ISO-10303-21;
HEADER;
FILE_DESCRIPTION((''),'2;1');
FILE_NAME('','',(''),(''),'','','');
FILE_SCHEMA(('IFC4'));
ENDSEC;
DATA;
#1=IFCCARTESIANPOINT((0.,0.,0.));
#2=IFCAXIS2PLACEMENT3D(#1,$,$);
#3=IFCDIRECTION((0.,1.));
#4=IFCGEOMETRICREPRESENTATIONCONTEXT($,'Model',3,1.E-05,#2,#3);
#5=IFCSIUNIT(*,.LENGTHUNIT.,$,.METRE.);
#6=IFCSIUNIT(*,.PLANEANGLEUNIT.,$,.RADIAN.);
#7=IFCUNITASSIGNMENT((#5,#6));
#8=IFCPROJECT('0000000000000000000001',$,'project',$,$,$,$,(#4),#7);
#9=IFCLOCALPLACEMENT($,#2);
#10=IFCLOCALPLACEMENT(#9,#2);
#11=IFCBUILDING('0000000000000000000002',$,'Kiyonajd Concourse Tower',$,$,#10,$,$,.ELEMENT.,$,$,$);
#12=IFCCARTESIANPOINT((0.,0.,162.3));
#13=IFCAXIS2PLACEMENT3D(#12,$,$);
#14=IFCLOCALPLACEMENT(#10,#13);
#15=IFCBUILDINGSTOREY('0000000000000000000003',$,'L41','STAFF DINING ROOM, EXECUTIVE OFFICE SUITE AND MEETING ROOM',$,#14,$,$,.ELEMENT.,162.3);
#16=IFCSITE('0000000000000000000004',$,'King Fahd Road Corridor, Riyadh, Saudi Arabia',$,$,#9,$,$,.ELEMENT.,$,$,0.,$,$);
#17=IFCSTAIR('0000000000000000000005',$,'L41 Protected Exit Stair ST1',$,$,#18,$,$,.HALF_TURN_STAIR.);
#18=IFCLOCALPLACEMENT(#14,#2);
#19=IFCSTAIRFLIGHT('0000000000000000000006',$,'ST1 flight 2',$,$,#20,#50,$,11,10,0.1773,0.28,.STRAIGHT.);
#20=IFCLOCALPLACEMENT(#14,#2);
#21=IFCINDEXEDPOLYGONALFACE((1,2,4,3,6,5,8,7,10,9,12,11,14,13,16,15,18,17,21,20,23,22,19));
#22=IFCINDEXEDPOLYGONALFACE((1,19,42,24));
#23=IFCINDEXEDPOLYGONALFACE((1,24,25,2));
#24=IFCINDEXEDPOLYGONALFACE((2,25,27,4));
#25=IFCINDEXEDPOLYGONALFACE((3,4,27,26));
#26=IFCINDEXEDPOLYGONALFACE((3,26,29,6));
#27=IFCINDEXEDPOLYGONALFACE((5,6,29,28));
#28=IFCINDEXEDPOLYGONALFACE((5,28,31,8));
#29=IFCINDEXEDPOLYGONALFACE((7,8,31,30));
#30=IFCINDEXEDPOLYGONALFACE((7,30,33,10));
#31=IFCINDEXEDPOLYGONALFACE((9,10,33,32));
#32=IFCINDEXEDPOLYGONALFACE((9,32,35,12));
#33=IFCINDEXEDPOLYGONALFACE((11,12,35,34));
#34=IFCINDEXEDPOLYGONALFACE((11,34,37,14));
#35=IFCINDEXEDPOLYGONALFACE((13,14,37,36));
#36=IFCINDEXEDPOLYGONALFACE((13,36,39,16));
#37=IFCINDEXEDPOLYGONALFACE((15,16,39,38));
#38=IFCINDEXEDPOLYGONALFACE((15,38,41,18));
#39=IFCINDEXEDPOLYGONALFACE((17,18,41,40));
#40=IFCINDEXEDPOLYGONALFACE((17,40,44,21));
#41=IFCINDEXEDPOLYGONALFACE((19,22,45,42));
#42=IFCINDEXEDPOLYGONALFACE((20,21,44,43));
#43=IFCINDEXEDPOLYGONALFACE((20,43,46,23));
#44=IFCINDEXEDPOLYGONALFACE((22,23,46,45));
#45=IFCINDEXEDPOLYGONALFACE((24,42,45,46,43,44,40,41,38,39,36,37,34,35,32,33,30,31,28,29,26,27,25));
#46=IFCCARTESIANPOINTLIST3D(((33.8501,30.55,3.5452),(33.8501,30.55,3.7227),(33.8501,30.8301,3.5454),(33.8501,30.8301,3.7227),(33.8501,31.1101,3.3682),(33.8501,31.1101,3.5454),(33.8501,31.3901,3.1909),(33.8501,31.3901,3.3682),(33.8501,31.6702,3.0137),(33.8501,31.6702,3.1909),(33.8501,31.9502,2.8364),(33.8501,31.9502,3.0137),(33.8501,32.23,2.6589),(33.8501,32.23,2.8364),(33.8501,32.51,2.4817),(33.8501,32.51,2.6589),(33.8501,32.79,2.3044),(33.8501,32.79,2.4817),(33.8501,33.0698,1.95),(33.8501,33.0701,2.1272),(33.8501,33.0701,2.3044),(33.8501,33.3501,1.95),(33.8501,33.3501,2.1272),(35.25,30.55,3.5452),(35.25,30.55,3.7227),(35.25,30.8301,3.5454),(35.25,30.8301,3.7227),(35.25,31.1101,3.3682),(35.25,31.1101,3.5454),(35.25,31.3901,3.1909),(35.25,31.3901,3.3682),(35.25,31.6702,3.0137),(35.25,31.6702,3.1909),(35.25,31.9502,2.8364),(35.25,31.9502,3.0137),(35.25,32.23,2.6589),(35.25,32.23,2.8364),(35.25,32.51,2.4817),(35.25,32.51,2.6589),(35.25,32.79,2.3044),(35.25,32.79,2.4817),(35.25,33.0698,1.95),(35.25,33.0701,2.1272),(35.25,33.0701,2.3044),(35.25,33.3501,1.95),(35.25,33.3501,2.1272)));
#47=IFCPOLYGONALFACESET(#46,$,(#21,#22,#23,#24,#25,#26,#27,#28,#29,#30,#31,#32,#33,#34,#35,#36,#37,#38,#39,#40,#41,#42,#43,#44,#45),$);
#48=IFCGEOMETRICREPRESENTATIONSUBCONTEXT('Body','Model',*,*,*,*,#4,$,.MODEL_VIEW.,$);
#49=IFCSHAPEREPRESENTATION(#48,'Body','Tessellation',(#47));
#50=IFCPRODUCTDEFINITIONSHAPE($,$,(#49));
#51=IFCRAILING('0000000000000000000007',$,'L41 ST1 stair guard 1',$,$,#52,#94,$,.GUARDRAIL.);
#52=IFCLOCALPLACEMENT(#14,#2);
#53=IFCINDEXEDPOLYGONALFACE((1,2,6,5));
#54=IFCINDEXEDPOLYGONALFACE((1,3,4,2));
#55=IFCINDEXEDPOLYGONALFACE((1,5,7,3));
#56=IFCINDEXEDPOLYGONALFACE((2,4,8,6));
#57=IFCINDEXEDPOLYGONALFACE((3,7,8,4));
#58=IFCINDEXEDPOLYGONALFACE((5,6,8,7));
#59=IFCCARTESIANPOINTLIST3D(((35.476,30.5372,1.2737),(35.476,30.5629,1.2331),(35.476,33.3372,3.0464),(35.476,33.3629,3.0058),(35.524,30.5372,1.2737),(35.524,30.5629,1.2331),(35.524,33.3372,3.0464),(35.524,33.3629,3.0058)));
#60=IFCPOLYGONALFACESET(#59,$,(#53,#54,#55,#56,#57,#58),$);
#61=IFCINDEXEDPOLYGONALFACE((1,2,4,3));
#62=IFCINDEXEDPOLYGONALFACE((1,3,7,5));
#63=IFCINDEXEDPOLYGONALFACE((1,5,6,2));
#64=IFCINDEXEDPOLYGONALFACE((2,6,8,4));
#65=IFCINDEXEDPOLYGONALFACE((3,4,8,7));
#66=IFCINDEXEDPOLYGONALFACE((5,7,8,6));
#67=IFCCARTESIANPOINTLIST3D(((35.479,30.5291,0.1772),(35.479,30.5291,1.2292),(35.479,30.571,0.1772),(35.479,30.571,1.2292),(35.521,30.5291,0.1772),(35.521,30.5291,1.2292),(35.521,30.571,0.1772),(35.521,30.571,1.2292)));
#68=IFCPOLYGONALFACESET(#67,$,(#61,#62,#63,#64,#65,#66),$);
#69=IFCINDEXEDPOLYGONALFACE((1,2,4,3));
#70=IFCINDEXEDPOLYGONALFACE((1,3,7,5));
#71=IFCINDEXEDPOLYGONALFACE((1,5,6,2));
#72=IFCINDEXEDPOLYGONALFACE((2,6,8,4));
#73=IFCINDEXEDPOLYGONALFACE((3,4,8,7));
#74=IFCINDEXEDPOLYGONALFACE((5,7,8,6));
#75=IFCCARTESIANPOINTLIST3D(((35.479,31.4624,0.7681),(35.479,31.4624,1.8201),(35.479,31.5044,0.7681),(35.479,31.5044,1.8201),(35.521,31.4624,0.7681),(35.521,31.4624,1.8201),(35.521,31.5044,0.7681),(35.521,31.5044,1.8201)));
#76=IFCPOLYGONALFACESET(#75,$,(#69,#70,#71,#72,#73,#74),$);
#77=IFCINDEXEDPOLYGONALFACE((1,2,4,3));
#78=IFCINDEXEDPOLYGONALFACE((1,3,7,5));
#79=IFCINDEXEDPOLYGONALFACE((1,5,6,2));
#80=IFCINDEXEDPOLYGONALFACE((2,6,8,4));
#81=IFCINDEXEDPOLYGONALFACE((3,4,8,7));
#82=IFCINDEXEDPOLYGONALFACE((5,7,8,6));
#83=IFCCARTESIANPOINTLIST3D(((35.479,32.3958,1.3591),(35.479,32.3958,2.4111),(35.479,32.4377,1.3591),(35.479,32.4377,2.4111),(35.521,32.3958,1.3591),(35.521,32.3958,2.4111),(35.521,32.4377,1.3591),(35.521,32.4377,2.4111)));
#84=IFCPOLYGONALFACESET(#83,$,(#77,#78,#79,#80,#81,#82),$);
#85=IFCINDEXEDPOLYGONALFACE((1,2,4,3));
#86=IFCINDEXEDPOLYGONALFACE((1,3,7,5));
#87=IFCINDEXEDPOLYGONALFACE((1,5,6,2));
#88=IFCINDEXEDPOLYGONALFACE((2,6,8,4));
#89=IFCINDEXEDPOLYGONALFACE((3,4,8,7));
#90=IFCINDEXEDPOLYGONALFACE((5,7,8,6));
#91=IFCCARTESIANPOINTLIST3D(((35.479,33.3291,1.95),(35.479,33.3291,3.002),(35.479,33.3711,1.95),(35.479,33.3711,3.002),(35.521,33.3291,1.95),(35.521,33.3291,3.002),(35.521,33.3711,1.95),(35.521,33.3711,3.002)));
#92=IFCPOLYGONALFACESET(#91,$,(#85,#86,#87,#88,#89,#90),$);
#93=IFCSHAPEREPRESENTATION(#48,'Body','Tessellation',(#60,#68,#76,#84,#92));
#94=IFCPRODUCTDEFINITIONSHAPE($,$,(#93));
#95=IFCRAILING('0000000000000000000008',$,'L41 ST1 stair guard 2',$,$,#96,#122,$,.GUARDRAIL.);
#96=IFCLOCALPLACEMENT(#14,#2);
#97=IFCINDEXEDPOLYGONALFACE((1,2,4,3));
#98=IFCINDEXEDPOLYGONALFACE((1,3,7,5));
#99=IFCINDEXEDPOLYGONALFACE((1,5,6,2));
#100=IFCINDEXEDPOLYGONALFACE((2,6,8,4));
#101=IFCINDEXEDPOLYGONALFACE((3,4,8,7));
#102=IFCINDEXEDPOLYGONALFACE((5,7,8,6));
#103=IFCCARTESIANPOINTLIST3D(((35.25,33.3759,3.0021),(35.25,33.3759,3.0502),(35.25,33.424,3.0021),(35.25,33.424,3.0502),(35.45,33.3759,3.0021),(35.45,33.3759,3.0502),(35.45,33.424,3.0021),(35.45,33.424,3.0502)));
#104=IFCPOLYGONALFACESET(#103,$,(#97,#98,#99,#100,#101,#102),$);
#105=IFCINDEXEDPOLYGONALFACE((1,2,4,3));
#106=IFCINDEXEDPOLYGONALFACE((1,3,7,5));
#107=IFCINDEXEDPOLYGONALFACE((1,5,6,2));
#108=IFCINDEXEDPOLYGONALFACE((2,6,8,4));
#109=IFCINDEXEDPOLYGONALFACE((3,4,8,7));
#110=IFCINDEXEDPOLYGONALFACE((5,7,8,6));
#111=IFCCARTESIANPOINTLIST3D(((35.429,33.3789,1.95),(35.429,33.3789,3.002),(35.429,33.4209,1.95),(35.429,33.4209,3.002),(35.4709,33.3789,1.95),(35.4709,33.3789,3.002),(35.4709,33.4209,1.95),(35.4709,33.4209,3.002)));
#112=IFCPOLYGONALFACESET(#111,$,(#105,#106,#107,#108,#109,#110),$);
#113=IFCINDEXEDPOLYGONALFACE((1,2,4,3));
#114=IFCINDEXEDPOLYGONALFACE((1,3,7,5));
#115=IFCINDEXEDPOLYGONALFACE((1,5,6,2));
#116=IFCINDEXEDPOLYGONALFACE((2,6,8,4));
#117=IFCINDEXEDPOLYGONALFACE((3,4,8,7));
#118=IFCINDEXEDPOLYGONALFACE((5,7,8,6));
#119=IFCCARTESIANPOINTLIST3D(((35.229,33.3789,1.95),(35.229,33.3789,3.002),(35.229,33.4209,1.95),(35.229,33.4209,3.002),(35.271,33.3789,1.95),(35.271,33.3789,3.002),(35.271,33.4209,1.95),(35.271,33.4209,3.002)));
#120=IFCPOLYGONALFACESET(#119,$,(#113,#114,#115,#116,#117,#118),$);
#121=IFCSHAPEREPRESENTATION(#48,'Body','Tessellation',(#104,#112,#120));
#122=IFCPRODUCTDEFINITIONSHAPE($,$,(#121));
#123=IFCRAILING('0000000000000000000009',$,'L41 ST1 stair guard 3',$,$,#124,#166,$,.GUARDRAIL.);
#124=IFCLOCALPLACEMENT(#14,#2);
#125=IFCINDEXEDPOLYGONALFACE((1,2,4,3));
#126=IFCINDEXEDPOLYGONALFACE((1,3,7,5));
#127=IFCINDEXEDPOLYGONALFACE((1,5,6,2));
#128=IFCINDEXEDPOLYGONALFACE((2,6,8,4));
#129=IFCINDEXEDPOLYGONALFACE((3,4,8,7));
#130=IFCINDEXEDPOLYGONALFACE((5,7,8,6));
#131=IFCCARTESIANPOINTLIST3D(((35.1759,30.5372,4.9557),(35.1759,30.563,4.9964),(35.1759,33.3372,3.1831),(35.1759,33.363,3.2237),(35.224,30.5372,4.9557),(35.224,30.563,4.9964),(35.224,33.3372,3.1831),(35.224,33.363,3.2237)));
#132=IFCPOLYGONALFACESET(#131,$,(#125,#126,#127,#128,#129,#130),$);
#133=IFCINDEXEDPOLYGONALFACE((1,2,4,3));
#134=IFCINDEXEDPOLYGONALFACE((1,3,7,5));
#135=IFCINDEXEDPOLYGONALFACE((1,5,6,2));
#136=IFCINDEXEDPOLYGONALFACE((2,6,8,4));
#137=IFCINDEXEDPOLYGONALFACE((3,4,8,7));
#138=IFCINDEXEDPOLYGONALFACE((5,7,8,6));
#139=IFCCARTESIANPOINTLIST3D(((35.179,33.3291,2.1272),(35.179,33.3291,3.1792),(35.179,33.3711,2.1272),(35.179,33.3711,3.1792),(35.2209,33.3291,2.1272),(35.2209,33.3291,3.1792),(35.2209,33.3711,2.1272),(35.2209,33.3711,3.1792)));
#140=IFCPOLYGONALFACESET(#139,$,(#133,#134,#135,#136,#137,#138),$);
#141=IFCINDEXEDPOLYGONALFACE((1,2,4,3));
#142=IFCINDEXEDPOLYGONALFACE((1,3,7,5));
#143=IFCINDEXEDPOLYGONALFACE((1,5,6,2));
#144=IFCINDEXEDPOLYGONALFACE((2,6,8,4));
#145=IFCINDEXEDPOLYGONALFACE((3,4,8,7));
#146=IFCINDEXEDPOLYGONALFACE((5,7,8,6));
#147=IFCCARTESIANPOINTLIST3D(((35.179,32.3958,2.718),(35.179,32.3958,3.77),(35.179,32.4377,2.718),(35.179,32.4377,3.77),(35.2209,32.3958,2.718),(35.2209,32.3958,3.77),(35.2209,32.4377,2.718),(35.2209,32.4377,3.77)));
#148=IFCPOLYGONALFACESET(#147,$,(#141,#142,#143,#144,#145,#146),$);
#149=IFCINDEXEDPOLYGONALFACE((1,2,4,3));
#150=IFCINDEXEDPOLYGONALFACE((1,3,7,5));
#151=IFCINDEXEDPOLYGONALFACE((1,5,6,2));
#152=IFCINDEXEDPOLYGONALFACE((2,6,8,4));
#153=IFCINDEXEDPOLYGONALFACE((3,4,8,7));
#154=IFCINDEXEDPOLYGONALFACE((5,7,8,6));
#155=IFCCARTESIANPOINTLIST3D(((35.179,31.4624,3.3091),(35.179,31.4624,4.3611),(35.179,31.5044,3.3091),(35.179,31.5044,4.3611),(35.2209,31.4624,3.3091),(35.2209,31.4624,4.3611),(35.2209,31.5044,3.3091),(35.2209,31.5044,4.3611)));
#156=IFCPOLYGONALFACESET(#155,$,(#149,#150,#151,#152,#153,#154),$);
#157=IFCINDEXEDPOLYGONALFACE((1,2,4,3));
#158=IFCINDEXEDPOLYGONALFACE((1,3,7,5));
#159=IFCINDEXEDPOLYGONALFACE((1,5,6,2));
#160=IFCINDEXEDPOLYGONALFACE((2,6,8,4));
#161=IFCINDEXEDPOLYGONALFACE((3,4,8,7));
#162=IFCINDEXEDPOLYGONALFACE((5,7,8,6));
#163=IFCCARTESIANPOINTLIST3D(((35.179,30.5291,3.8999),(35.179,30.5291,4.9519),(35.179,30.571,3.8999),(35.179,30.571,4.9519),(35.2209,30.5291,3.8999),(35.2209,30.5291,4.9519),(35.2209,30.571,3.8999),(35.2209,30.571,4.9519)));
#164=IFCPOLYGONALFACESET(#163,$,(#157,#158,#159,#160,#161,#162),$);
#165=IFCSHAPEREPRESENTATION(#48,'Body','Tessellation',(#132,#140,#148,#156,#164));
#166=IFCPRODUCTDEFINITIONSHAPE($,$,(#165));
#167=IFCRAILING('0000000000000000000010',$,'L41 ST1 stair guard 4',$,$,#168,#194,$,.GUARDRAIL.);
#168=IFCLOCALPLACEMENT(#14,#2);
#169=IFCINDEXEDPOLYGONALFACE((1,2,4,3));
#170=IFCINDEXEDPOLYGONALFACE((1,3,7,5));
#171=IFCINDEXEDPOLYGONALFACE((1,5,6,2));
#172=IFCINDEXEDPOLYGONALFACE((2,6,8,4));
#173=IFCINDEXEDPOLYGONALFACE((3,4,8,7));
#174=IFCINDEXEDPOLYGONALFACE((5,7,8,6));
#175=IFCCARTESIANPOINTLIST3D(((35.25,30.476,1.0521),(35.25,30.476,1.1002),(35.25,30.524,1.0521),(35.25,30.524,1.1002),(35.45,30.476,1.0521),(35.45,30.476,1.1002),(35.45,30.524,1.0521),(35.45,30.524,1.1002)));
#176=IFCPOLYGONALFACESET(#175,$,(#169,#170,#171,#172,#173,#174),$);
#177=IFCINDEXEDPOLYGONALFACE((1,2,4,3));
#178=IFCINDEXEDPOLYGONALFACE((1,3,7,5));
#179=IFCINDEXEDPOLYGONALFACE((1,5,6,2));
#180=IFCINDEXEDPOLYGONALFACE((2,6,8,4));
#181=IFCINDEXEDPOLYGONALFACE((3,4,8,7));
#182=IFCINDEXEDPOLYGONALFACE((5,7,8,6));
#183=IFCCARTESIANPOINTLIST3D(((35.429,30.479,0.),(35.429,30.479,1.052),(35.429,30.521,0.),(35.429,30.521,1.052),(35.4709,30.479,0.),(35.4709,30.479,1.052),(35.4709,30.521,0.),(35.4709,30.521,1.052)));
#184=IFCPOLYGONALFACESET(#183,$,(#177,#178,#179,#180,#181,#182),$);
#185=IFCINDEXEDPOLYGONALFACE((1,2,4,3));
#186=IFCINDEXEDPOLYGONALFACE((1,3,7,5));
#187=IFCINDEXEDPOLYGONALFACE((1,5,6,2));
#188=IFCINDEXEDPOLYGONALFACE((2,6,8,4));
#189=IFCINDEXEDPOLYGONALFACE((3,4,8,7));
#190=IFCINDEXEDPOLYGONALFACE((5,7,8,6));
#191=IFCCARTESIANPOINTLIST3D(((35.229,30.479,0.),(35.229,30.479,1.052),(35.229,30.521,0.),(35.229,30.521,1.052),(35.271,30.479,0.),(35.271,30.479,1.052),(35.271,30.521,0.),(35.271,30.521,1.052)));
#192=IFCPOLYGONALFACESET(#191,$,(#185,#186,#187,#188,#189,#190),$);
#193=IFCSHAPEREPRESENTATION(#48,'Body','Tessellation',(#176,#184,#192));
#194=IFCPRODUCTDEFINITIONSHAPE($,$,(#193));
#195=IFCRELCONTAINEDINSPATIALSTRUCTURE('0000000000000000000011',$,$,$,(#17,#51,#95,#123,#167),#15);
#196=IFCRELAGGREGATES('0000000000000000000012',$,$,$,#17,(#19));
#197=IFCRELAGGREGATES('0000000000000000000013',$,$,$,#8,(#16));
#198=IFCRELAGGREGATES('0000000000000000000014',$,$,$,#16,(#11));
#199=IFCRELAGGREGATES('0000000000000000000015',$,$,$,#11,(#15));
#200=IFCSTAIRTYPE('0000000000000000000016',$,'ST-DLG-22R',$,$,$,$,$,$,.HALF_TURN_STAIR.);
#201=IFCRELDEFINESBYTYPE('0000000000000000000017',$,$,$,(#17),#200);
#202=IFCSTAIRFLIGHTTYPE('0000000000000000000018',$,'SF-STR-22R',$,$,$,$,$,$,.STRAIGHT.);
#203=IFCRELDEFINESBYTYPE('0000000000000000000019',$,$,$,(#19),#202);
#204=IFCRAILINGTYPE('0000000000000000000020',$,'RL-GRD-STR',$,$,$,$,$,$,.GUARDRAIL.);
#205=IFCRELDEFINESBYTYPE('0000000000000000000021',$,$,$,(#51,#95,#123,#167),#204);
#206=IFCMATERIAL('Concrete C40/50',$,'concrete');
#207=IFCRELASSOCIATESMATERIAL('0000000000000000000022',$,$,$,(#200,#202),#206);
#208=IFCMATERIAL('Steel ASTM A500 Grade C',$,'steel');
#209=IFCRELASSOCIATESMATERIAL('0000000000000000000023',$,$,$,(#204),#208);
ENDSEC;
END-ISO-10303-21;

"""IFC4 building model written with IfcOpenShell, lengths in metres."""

from ifc_helpers import new_model, si_unit, direction, frame, origin, origin_2d, place, context, subcontext, project, spatial, polyline, rectangle, outline, extrude, material, type_object, element, aggregate, save


model = new_model("IFC4")

# Units and contexts
model_context = context("Model", 3, precision=1e-05, world=origin(), true_north=direction((0.0, 1.0)))
body_context = subcontext(model_context, "Body", "Model", "MODEL_VIEW")
ifc_project = project(units=[si_unit("LENGTHUNIT", "METRE"), si_unit("PLANEANGLEUNIT", "RADIAN")], contexts=[model_context])

# Site, building, storey
site_placement = place(None, origin())
site = spatial("IfcSite", under=ifc_project, at=site_placement, Name="King Fahd Road Corridor, Riyadh, Saudi Arabia", CompositionType="ELEMENT", RefElevation=0.0)
building_placement = place(site_placement, origin())
building = spatial("IfcBuilding", under=site, at=building_placement, Name="Kiyonajd Concourse Tower", CompositionType="ELEMENT")
storey_placement = place(building_placement, frame((0.0, 0.0, 162.3)))
storey = spatial("IfcBuildingStorey", under=building, at=storey_placement, Name="L41", Description="STAFF DINING ROOM, EXECUTIVE OFFICE SUITE AND MEETING ROOM", CompositionType="ELEMENT", Elevation=162.3)

# Stair, stair flight
ifc_material_1 = material(Name="Concrete C40/50", Category="concrete")
stair_type = type_object("IfcStairType", Name="ST-DLG-22R", PredefinedType="HALF_TURN_STAIR", material=ifc_material_1)
stair_placement = place(storey_placement, origin())
stair = element("IfcStair", 1, at=stair_placement, inside=storey, type_object=stair_type, Name="L41 Protected Exit Stair ST1", PredefinedType="HALF_TURN_STAIR")
stair_flight_type = type_object("IfcStairFlightType", Name="SF-STR-22R", PredefinedType="STRAIGHT", material=ifc_material_1)
stair_flight_1_placement = place(storey_placement, frame((34.55, 33.3501, 1.95), z_axis=(0.0, 0.0, 1.0), x_axis=(0.0, -1.0, 0.0)))
stair_flight_1 = element("IfcStairFlight", 2, at=stair_flight_1_placement, type_object=stair_flight_type, Name="ST1 flight 2", NumberOfRisers=11, NumberOfTreads=10, PredefinedType="STRAIGHT", RiserHeight=0.1773, TreadLength=0.28, context=body_context, shape_type="SweptSolid", body=[
    extrude(outline(polyline([(0.0, 0.0), (0.0, 0.1772), (0.28, 0.1772), (0.28, 0.3545), (0.5601, 0.3545), (0.5601, 0.5317), (0.8401, 0.5317), (0.8401, 0.709), (1.1201, 0.709), (1.1201, 0.8865), (1.3999, 0.8865), (1.3999, 1.0637), (1.6799, 1.0637), (1.6799, 1.241), (1.96, 1.241), (1.96, 1.4182), (2.24, 1.4182), (2.24, 1.5955), (2.52, 1.5955), (2.52, 1.7727), (2.8, 1.7727), (2.8, 1.95), (2.8, 1.5952), (0.2803, 0.0), (0.0, 0.0)])), frame((0.0, 0.7, 0.0), z_axis=(0.0, -1.0, 0.0), x_axis=(1.0, 0.0, 0.0)), (0.0, 0.0, 1.0), 1.3999),
])
aggregate(stair, [stair_flight_1])

# Railings
ifc_material_2 = material(Name="Steel ASTM A500 Grade C", Category="steel")
railing_type_1 = type_object("IfcRailingType", Name="RL-GRD-STR", PredefinedType="GUARDRAIL", material=ifc_material_2)
railing_1_placement = place(storey_placement, frame((35.5, 30.55, 0.1772)))
element("IfcRailing", 3, at=railing_1_placement, inside=storey, type_object=railing_type_1, Name="L41 ST1 stair guard 1", PredefinedType="GUARDRAIL", context=body_context, shape_type="SweptSolid", body=[
    extrude(rectangle(XDim=0.0481, YDim=0.0481, at=origin_2d()), frame((0.0, 0.0, 1.0762), z_axis=(0.0, 0.844909, 0.53491), x_axis=(-1.0, 0.0, 0.0)), (0.0, 0.0, 1.0), 3.314),
    extrude(rectangle(XDim=0.042, YDim=0.042, at=origin_2d()), origin(), (0.0, 0.0, 1.0), 1.052),
    extrude(rectangle(XDim=0.042, YDim=0.042, at=origin_2d()), frame((0.0, 0.9333, 0.5908)), (0.0, 0.0, 1.0), 1.052),
    extrude(rectangle(XDim=0.042, YDim=0.042, at=origin_2d()), frame((0.0, 1.8667, 1.1819)), (0.0, 0.0, 1.0), 1.052),
    extrude(rectangle(XDim=0.042, YDim=0.042, at=origin_2d()), frame((0.0, 2.8, 1.7727)), (0.0, 0.0, 1.0), 1.052),
])
railing_2_placement = place(storey_placement, frame((35.45, 33.3999, 1.95)))
element("IfcRailing", 4, at=railing_2_placement, inside=storey, type_object=railing_type_1, Name="L41 ST1 stair guard 2", PredefinedType="GUARDRAIL", context=body_context, shape_type="SweptSolid", body=[
    extrude(rectangle(XDim=0.0481, YDim=0.0481, at=origin_2d()), frame((0.0, 0.0, 1.0762), z_axis=(-1.0, 0.0, 0.0), x_axis=(0.0, -1.0, 0.0)), (0.0, 0.0, 1.0), 0.2),
    extrude(rectangle(XDim=0.042, YDim=0.042, at=origin_2d()), origin(), (0.0, 0.0, 1.0), 1.052),
    extrude(rectangle(XDim=0.042, YDim=0.042, at=origin_2d()), frame((-0.2, 0.0, 0.0)), (0.0, 0.0, 1.0), 1.052),
])
railing_3_placement = place(storey_placement, frame((35.2, 33.3501, 2.1272)))
element("IfcRailing", 5, at=railing_3_placement, inside=storey, type_object=railing_type_1, Name="L41 ST1 stair guard 3", PredefinedType="GUARDRAIL", context=body_context, shape_type="SweptSolid", body=[
    extrude(rectangle(XDim=0.0481, YDim=0.0481, at=origin_2d()), frame((0.0, 0.0, 1.0762), z_axis=(0.0, -0.844909, 0.53491), x_axis=(1.0, 0.0, 0.0)), (0.0, 0.0, 1.0), 3.314),
    extrude(rectangle(XDim=0.042, YDim=0.042, at=origin_2d()), origin(), (0.0, 0.0, 1.0), 1.052),
    extrude(rectangle(XDim=0.042, YDim=0.042, at=origin_2d()), frame((0.0, -0.9333, 0.5908)), (0.0, 0.0, 1.0), 1.052),
    extrude(rectangle(XDim=0.042, YDim=0.042, at=origin_2d()), frame((0.0, -1.8667, 1.1819)), (0.0, 0.0, 1.0), 1.052),
    extrude(rectangle(XDim=0.042, YDim=0.042, at=origin_2d()), frame((0.0, -2.8, 1.7727)), (0.0, 0.0, 1.0), 1.052),
])
railing_4_placement = place(storey_placement, frame((35.45, 30.5, 0.0)))
element("IfcRailing", 6, at=railing_4_placement, inside=storey, type_object=railing_type_1, Name="L41 ST1 stair guard 4", PredefinedType="GUARDRAIL", context=body_context, shape_type="SweptSolid", body=[
    extrude(rectangle(XDim=0.0481, YDim=0.0481, at=origin_2d()), frame((0.0, 0.0, 1.0762), z_axis=(-1.0, 0.0, 0.0), x_axis=(0.0, -1.0, 0.0)), (0.0, 0.0, 1.0), 0.2),
    extrude(rectangle(XDim=0.042, YDim=0.042, at=origin_2d()), origin(), (0.0, 0.0, 1.0), 1.052),
    extrude(rectangle(XDim=0.042, YDim=0.042, at=origin_2d()), frame((-0.2, 0.0, 0.0)), (0.0, 0.0, 1.0), 1.052),
])

save(model, "model.ifc")
